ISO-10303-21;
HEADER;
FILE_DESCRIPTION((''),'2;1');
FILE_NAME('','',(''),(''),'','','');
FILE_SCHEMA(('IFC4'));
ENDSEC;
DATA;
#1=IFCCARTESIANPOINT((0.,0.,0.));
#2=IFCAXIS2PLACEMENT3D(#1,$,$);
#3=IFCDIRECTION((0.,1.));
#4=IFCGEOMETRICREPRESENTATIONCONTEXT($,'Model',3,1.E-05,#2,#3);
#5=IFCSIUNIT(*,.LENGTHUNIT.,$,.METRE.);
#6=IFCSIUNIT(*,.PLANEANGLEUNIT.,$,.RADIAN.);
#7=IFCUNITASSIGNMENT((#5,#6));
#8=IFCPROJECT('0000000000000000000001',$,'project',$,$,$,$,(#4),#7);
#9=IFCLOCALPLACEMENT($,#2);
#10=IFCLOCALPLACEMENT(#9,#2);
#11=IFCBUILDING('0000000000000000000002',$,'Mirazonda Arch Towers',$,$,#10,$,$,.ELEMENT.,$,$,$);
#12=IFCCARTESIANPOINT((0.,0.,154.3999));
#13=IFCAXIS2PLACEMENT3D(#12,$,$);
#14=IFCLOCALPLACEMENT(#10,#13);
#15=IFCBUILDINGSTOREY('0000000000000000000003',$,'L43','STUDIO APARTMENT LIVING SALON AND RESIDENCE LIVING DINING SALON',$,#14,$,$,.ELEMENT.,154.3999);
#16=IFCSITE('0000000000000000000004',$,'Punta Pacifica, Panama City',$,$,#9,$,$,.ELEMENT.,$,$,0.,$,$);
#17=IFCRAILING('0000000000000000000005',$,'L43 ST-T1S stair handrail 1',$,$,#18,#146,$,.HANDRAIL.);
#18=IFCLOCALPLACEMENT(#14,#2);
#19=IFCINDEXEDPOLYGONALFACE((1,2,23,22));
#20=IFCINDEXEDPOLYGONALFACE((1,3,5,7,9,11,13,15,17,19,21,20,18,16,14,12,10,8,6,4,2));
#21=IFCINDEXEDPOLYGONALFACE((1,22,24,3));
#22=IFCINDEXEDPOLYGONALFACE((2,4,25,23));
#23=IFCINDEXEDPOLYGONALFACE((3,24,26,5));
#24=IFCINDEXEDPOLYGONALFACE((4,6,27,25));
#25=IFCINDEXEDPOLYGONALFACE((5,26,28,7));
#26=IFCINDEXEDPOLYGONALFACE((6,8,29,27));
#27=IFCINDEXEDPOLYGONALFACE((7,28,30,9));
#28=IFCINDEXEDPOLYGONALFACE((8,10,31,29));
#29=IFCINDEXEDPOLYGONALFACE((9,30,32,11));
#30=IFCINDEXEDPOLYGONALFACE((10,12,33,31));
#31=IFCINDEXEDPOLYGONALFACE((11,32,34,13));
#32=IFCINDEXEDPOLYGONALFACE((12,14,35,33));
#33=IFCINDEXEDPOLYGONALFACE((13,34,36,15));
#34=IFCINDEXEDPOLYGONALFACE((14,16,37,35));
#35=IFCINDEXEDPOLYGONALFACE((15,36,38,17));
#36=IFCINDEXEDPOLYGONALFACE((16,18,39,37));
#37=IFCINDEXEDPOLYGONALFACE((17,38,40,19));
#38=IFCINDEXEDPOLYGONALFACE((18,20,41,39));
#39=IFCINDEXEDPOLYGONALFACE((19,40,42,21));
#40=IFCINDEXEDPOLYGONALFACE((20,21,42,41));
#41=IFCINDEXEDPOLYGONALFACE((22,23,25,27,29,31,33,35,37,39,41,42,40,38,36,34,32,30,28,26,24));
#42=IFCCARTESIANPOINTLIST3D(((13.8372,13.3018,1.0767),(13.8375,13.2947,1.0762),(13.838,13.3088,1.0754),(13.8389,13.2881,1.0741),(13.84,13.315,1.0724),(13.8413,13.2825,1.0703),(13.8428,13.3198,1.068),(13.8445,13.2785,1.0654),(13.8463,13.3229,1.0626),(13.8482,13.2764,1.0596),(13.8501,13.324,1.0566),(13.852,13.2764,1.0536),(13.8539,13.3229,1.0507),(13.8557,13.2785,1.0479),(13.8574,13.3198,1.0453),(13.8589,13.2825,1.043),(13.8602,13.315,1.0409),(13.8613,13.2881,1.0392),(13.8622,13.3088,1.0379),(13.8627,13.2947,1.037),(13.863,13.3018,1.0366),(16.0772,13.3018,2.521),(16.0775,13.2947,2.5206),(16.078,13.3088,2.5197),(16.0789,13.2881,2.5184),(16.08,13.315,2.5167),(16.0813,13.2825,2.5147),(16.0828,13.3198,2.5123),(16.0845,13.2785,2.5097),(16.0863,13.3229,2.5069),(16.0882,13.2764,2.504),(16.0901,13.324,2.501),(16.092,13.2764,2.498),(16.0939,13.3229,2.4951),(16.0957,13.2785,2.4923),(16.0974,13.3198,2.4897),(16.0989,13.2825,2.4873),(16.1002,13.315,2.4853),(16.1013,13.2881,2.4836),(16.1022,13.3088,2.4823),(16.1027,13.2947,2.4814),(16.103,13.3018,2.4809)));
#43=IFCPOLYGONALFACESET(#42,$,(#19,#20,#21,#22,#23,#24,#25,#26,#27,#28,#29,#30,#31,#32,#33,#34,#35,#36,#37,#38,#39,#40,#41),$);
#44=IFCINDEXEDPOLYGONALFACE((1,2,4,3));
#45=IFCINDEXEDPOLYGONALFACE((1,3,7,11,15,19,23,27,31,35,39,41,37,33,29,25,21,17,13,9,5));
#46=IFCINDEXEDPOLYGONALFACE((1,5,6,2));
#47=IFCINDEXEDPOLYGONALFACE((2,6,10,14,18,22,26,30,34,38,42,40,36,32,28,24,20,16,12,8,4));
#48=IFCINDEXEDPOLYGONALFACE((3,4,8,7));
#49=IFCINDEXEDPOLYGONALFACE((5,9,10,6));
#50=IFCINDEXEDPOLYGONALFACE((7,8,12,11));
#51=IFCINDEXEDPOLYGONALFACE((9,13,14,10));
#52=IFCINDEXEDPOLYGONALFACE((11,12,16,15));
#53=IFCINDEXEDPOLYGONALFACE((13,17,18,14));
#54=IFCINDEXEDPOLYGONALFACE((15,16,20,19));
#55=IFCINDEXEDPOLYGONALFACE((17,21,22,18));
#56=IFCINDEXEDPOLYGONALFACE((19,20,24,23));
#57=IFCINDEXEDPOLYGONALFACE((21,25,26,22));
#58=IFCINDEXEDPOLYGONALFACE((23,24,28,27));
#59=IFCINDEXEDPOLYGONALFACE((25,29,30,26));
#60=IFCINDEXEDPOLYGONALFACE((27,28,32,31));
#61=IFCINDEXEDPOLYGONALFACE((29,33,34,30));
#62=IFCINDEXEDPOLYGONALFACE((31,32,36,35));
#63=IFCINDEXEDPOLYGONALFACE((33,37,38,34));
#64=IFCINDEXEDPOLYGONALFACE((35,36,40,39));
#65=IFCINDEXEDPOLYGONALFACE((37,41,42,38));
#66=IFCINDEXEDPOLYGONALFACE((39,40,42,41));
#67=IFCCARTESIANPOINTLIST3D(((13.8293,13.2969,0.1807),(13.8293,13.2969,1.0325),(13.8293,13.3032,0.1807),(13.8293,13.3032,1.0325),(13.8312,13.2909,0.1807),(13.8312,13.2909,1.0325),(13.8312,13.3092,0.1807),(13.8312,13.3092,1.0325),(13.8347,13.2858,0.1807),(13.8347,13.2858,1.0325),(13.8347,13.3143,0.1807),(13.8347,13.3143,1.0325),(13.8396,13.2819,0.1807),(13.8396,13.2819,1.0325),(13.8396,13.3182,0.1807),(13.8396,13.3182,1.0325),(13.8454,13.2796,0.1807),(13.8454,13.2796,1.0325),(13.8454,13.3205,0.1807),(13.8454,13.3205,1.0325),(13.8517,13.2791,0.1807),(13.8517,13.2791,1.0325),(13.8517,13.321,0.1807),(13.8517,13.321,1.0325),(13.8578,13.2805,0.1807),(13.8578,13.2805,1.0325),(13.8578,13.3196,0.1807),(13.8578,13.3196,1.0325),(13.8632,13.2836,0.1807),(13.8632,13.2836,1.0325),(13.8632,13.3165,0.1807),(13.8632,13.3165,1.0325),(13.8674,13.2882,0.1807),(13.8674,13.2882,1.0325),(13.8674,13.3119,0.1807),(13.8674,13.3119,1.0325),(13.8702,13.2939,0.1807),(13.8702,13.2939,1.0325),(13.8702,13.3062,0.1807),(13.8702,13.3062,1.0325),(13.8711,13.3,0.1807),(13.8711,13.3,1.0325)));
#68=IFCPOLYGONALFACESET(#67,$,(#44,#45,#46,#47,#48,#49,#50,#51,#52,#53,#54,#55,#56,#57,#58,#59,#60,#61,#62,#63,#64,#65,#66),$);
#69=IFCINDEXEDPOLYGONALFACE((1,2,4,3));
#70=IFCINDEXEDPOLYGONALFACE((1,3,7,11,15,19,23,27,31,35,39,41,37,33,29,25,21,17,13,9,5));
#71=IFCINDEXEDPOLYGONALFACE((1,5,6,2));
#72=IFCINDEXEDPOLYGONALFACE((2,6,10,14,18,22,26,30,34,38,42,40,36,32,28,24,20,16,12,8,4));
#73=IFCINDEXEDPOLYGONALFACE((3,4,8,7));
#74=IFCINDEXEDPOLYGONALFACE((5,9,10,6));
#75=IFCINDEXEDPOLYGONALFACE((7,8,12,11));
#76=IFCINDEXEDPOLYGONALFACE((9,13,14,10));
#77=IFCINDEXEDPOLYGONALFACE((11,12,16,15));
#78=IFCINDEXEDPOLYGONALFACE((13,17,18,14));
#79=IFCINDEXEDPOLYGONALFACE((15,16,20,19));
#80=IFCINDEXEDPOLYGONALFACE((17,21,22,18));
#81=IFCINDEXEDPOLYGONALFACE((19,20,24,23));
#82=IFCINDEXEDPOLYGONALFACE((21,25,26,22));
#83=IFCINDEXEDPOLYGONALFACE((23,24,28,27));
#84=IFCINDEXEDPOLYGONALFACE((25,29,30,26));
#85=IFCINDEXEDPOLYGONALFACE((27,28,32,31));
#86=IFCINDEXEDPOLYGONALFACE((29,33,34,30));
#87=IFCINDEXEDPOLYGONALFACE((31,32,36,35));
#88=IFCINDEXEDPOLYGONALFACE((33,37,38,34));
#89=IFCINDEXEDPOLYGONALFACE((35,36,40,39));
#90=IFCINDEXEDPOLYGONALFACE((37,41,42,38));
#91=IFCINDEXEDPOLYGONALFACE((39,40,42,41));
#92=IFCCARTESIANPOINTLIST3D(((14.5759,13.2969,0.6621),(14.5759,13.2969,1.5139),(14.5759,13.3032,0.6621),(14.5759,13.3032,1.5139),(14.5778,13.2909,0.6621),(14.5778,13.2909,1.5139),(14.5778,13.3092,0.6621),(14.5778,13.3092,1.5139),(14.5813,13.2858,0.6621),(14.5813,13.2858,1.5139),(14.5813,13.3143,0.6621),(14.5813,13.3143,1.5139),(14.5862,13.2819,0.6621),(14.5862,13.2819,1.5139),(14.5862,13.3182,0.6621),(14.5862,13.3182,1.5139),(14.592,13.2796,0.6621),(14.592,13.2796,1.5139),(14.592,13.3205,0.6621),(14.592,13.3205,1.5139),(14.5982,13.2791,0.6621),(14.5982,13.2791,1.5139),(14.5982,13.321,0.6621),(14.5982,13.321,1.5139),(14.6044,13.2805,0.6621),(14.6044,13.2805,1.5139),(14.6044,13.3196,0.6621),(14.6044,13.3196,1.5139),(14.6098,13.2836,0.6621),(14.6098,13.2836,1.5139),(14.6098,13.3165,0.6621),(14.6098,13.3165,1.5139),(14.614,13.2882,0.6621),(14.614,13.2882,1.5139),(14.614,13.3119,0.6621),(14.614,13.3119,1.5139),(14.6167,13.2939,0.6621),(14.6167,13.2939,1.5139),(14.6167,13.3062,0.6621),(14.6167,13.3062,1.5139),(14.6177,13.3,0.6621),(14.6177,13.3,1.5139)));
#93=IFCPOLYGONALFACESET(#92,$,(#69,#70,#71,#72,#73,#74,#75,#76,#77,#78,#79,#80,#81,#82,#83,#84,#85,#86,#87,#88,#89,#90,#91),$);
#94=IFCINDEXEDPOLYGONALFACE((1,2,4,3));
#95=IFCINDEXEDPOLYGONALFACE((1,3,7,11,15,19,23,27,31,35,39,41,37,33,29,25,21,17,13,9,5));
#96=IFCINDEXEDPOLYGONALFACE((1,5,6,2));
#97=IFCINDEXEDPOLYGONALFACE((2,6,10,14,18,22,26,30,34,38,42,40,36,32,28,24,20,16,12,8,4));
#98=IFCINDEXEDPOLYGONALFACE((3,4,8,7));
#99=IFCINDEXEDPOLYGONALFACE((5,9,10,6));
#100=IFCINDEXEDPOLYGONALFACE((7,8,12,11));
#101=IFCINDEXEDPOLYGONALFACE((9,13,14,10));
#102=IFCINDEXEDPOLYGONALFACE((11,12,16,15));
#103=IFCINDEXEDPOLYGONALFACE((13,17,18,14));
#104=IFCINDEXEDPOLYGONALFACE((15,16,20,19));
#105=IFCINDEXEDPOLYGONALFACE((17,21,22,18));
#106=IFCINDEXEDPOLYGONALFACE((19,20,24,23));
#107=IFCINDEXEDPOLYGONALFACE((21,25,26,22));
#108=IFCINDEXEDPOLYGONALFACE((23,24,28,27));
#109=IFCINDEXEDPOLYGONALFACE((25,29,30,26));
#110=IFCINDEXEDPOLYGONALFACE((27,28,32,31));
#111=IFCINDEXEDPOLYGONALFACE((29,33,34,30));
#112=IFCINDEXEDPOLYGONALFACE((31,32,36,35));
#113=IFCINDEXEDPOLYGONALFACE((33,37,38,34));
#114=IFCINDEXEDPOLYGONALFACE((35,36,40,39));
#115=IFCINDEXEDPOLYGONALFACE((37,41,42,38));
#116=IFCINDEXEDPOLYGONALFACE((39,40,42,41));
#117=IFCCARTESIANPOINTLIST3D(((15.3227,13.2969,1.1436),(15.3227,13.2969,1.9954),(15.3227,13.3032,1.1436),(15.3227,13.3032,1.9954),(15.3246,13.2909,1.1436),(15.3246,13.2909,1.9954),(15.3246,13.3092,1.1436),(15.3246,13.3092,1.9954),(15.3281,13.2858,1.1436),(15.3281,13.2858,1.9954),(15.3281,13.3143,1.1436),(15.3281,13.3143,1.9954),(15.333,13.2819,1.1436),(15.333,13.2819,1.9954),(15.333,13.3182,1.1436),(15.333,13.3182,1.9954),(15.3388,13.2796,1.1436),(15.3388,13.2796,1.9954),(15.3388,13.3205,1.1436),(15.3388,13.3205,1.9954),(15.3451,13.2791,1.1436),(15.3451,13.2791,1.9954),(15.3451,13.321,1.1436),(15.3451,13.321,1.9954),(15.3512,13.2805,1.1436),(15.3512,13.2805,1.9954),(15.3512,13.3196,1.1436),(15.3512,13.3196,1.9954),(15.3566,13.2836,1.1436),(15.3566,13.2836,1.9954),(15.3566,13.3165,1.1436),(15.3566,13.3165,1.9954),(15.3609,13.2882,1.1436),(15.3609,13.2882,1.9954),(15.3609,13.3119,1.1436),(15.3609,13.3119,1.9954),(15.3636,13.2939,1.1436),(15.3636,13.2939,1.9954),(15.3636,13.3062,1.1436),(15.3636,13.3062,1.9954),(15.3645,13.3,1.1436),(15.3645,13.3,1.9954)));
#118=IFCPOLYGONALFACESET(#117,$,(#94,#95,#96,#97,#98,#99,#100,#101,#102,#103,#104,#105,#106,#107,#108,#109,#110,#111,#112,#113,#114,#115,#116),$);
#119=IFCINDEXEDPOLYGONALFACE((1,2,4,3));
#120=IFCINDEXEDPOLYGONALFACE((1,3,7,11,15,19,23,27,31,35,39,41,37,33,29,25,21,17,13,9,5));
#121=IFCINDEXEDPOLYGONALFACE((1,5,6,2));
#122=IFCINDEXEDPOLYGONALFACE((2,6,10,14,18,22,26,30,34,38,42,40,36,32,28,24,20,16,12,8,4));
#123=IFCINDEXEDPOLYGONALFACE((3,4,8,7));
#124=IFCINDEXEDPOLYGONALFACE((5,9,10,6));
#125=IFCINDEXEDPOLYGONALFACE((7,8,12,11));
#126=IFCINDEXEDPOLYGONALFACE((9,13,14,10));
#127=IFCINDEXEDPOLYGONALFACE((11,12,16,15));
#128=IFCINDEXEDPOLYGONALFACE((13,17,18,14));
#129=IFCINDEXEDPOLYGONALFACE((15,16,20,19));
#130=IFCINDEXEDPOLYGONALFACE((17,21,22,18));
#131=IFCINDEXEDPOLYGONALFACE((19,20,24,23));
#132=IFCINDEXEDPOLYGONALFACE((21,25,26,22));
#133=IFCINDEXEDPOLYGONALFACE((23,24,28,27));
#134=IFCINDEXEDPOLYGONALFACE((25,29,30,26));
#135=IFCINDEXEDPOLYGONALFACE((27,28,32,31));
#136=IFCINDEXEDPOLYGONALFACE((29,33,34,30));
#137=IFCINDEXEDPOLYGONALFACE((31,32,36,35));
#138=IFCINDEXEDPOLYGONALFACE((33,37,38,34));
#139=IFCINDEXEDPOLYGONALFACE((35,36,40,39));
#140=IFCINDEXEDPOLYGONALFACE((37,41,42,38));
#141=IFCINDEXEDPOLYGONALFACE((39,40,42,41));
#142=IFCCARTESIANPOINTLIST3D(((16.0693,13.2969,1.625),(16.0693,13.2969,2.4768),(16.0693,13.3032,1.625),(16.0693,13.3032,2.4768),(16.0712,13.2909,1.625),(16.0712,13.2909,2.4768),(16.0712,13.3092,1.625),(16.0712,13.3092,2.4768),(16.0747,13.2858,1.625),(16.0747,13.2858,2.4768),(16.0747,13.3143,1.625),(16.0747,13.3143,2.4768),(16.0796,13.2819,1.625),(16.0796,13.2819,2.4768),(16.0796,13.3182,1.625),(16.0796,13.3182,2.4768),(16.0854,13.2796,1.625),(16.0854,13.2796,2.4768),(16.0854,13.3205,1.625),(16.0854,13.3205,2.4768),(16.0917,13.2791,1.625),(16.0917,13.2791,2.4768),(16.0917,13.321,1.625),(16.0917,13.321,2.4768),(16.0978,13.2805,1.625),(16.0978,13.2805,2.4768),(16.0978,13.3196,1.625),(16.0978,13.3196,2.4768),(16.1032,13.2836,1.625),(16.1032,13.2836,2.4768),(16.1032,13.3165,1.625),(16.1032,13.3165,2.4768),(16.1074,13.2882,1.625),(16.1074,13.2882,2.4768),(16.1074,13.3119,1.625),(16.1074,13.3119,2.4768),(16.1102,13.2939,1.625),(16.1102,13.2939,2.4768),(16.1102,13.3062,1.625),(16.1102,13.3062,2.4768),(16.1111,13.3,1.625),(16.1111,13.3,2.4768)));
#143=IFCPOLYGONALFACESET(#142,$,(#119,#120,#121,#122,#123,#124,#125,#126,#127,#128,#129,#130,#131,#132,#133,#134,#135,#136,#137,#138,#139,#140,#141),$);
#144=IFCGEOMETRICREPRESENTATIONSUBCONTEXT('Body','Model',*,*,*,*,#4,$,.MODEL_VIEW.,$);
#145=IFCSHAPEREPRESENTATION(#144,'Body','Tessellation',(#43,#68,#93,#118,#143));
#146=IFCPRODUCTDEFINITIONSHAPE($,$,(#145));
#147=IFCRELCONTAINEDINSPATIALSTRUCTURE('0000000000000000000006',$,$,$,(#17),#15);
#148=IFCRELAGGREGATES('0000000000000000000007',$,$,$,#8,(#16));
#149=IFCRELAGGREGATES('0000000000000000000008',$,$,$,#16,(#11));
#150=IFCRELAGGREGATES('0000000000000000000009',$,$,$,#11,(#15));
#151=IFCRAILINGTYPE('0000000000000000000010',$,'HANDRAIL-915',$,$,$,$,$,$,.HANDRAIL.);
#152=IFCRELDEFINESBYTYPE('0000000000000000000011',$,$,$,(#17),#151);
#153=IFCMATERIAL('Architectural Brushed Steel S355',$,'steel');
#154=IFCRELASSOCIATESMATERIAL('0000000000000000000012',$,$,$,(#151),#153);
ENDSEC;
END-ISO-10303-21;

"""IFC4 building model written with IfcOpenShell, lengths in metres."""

from ifc_helpers import new_model, si_unit, direction, frame, origin, origin_2d, place, context, subcontext, project, spatial, circle, extrude, material, type_object, element, save


model = new_model("IFC4")

# Units and contexts
model_context = context("Model", 3, precision=1e-05, world=origin(), true_north=direction((0.0, 1.0)))
body_context = subcontext(model_context, "Body", "Model", "MODEL_VIEW")
ifc_project = project(units=[si_unit("LENGTHUNIT", "METRE"), si_unit("PLANEANGLEUNIT", "RADIAN")], contexts=[model_context])

# Site, building, storey
site_placement = place(None, origin())
site = spatial("IfcSite", under=ifc_project, at=site_placement, Name="Punta Pacifica, Panama City", CompositionType="ELEMENT", RefElevation=0.0)
building_placement = place(site_placement, origin())
building = spatial("IfcBuilding", under=site, at=building_placement, Name="Mirazonda Arch Towers", CompositionType="ELEMENT")
storey_placement = place(building_placement, frame((0.0, 0.0, 154.3999)))
storey = spatial("IfcBuildingStorey", under=building, at=storey_placement, Name="L43", Description="STUDIO APARTMENT LIVING SALON AND RESIDENCE LIVING DINING SALON", CompositionType="ELEMENT", Elevation=154.3999)

# Shared definitions
ifc_material_1 = material(Name="Architectural Brushed Steel S355", Category="steel")

# Railing
railing_type_1 = type_object("IfcRailingType", Name="HANDRAIL-915", PredefinedType="HANDRAIL", material=ifc_material_1)
railing_1_placement = place(storey_placement, frame((13.8501, 13.3, 0.1807)))
element("IfcRailing", 1, at=railing_1_placement, inside=storey, type_object=railing_type_1, Name="L43 ST-T1S stair handrail 1", PredefinedType="HANDRAIL", context=body_context, shape_type="SweptSolid", body=[
    extrude(circle(Radius=0.0239, at=origin_2d()), frame((0.0, 0.0, 0.876), z_axis=(0.840437, 0.0, 0.54191), x_axis=(0.0, 1.0, 0.0)), (0.0, 0.0, 1.0), 2.6653),
    extrude(circle(Radius=0.021, at=origin_2d()), origin(), (0.0, 0.0, 1.0), 0.8518),
    extrude(circle(Radius=0.021, at=origin_2d()), frame((0.7466, 0.0, 0.4814)), (0.0, 0.0, 1.0), 0.8518),
    extrude(circle(Radius=0.021, at=origin_2d()), frame((1.4934, 0.0, 0.9629)), (0.0, 0.0, 1.0), 0.8518),
    extrude(circle(Radius=0.021, at=origin_2d()), frame((2.24, 0.0, 1.4443)), (0.0, 0.0, 1.0), 0.8518),
])

save(model, "model.ifc")
